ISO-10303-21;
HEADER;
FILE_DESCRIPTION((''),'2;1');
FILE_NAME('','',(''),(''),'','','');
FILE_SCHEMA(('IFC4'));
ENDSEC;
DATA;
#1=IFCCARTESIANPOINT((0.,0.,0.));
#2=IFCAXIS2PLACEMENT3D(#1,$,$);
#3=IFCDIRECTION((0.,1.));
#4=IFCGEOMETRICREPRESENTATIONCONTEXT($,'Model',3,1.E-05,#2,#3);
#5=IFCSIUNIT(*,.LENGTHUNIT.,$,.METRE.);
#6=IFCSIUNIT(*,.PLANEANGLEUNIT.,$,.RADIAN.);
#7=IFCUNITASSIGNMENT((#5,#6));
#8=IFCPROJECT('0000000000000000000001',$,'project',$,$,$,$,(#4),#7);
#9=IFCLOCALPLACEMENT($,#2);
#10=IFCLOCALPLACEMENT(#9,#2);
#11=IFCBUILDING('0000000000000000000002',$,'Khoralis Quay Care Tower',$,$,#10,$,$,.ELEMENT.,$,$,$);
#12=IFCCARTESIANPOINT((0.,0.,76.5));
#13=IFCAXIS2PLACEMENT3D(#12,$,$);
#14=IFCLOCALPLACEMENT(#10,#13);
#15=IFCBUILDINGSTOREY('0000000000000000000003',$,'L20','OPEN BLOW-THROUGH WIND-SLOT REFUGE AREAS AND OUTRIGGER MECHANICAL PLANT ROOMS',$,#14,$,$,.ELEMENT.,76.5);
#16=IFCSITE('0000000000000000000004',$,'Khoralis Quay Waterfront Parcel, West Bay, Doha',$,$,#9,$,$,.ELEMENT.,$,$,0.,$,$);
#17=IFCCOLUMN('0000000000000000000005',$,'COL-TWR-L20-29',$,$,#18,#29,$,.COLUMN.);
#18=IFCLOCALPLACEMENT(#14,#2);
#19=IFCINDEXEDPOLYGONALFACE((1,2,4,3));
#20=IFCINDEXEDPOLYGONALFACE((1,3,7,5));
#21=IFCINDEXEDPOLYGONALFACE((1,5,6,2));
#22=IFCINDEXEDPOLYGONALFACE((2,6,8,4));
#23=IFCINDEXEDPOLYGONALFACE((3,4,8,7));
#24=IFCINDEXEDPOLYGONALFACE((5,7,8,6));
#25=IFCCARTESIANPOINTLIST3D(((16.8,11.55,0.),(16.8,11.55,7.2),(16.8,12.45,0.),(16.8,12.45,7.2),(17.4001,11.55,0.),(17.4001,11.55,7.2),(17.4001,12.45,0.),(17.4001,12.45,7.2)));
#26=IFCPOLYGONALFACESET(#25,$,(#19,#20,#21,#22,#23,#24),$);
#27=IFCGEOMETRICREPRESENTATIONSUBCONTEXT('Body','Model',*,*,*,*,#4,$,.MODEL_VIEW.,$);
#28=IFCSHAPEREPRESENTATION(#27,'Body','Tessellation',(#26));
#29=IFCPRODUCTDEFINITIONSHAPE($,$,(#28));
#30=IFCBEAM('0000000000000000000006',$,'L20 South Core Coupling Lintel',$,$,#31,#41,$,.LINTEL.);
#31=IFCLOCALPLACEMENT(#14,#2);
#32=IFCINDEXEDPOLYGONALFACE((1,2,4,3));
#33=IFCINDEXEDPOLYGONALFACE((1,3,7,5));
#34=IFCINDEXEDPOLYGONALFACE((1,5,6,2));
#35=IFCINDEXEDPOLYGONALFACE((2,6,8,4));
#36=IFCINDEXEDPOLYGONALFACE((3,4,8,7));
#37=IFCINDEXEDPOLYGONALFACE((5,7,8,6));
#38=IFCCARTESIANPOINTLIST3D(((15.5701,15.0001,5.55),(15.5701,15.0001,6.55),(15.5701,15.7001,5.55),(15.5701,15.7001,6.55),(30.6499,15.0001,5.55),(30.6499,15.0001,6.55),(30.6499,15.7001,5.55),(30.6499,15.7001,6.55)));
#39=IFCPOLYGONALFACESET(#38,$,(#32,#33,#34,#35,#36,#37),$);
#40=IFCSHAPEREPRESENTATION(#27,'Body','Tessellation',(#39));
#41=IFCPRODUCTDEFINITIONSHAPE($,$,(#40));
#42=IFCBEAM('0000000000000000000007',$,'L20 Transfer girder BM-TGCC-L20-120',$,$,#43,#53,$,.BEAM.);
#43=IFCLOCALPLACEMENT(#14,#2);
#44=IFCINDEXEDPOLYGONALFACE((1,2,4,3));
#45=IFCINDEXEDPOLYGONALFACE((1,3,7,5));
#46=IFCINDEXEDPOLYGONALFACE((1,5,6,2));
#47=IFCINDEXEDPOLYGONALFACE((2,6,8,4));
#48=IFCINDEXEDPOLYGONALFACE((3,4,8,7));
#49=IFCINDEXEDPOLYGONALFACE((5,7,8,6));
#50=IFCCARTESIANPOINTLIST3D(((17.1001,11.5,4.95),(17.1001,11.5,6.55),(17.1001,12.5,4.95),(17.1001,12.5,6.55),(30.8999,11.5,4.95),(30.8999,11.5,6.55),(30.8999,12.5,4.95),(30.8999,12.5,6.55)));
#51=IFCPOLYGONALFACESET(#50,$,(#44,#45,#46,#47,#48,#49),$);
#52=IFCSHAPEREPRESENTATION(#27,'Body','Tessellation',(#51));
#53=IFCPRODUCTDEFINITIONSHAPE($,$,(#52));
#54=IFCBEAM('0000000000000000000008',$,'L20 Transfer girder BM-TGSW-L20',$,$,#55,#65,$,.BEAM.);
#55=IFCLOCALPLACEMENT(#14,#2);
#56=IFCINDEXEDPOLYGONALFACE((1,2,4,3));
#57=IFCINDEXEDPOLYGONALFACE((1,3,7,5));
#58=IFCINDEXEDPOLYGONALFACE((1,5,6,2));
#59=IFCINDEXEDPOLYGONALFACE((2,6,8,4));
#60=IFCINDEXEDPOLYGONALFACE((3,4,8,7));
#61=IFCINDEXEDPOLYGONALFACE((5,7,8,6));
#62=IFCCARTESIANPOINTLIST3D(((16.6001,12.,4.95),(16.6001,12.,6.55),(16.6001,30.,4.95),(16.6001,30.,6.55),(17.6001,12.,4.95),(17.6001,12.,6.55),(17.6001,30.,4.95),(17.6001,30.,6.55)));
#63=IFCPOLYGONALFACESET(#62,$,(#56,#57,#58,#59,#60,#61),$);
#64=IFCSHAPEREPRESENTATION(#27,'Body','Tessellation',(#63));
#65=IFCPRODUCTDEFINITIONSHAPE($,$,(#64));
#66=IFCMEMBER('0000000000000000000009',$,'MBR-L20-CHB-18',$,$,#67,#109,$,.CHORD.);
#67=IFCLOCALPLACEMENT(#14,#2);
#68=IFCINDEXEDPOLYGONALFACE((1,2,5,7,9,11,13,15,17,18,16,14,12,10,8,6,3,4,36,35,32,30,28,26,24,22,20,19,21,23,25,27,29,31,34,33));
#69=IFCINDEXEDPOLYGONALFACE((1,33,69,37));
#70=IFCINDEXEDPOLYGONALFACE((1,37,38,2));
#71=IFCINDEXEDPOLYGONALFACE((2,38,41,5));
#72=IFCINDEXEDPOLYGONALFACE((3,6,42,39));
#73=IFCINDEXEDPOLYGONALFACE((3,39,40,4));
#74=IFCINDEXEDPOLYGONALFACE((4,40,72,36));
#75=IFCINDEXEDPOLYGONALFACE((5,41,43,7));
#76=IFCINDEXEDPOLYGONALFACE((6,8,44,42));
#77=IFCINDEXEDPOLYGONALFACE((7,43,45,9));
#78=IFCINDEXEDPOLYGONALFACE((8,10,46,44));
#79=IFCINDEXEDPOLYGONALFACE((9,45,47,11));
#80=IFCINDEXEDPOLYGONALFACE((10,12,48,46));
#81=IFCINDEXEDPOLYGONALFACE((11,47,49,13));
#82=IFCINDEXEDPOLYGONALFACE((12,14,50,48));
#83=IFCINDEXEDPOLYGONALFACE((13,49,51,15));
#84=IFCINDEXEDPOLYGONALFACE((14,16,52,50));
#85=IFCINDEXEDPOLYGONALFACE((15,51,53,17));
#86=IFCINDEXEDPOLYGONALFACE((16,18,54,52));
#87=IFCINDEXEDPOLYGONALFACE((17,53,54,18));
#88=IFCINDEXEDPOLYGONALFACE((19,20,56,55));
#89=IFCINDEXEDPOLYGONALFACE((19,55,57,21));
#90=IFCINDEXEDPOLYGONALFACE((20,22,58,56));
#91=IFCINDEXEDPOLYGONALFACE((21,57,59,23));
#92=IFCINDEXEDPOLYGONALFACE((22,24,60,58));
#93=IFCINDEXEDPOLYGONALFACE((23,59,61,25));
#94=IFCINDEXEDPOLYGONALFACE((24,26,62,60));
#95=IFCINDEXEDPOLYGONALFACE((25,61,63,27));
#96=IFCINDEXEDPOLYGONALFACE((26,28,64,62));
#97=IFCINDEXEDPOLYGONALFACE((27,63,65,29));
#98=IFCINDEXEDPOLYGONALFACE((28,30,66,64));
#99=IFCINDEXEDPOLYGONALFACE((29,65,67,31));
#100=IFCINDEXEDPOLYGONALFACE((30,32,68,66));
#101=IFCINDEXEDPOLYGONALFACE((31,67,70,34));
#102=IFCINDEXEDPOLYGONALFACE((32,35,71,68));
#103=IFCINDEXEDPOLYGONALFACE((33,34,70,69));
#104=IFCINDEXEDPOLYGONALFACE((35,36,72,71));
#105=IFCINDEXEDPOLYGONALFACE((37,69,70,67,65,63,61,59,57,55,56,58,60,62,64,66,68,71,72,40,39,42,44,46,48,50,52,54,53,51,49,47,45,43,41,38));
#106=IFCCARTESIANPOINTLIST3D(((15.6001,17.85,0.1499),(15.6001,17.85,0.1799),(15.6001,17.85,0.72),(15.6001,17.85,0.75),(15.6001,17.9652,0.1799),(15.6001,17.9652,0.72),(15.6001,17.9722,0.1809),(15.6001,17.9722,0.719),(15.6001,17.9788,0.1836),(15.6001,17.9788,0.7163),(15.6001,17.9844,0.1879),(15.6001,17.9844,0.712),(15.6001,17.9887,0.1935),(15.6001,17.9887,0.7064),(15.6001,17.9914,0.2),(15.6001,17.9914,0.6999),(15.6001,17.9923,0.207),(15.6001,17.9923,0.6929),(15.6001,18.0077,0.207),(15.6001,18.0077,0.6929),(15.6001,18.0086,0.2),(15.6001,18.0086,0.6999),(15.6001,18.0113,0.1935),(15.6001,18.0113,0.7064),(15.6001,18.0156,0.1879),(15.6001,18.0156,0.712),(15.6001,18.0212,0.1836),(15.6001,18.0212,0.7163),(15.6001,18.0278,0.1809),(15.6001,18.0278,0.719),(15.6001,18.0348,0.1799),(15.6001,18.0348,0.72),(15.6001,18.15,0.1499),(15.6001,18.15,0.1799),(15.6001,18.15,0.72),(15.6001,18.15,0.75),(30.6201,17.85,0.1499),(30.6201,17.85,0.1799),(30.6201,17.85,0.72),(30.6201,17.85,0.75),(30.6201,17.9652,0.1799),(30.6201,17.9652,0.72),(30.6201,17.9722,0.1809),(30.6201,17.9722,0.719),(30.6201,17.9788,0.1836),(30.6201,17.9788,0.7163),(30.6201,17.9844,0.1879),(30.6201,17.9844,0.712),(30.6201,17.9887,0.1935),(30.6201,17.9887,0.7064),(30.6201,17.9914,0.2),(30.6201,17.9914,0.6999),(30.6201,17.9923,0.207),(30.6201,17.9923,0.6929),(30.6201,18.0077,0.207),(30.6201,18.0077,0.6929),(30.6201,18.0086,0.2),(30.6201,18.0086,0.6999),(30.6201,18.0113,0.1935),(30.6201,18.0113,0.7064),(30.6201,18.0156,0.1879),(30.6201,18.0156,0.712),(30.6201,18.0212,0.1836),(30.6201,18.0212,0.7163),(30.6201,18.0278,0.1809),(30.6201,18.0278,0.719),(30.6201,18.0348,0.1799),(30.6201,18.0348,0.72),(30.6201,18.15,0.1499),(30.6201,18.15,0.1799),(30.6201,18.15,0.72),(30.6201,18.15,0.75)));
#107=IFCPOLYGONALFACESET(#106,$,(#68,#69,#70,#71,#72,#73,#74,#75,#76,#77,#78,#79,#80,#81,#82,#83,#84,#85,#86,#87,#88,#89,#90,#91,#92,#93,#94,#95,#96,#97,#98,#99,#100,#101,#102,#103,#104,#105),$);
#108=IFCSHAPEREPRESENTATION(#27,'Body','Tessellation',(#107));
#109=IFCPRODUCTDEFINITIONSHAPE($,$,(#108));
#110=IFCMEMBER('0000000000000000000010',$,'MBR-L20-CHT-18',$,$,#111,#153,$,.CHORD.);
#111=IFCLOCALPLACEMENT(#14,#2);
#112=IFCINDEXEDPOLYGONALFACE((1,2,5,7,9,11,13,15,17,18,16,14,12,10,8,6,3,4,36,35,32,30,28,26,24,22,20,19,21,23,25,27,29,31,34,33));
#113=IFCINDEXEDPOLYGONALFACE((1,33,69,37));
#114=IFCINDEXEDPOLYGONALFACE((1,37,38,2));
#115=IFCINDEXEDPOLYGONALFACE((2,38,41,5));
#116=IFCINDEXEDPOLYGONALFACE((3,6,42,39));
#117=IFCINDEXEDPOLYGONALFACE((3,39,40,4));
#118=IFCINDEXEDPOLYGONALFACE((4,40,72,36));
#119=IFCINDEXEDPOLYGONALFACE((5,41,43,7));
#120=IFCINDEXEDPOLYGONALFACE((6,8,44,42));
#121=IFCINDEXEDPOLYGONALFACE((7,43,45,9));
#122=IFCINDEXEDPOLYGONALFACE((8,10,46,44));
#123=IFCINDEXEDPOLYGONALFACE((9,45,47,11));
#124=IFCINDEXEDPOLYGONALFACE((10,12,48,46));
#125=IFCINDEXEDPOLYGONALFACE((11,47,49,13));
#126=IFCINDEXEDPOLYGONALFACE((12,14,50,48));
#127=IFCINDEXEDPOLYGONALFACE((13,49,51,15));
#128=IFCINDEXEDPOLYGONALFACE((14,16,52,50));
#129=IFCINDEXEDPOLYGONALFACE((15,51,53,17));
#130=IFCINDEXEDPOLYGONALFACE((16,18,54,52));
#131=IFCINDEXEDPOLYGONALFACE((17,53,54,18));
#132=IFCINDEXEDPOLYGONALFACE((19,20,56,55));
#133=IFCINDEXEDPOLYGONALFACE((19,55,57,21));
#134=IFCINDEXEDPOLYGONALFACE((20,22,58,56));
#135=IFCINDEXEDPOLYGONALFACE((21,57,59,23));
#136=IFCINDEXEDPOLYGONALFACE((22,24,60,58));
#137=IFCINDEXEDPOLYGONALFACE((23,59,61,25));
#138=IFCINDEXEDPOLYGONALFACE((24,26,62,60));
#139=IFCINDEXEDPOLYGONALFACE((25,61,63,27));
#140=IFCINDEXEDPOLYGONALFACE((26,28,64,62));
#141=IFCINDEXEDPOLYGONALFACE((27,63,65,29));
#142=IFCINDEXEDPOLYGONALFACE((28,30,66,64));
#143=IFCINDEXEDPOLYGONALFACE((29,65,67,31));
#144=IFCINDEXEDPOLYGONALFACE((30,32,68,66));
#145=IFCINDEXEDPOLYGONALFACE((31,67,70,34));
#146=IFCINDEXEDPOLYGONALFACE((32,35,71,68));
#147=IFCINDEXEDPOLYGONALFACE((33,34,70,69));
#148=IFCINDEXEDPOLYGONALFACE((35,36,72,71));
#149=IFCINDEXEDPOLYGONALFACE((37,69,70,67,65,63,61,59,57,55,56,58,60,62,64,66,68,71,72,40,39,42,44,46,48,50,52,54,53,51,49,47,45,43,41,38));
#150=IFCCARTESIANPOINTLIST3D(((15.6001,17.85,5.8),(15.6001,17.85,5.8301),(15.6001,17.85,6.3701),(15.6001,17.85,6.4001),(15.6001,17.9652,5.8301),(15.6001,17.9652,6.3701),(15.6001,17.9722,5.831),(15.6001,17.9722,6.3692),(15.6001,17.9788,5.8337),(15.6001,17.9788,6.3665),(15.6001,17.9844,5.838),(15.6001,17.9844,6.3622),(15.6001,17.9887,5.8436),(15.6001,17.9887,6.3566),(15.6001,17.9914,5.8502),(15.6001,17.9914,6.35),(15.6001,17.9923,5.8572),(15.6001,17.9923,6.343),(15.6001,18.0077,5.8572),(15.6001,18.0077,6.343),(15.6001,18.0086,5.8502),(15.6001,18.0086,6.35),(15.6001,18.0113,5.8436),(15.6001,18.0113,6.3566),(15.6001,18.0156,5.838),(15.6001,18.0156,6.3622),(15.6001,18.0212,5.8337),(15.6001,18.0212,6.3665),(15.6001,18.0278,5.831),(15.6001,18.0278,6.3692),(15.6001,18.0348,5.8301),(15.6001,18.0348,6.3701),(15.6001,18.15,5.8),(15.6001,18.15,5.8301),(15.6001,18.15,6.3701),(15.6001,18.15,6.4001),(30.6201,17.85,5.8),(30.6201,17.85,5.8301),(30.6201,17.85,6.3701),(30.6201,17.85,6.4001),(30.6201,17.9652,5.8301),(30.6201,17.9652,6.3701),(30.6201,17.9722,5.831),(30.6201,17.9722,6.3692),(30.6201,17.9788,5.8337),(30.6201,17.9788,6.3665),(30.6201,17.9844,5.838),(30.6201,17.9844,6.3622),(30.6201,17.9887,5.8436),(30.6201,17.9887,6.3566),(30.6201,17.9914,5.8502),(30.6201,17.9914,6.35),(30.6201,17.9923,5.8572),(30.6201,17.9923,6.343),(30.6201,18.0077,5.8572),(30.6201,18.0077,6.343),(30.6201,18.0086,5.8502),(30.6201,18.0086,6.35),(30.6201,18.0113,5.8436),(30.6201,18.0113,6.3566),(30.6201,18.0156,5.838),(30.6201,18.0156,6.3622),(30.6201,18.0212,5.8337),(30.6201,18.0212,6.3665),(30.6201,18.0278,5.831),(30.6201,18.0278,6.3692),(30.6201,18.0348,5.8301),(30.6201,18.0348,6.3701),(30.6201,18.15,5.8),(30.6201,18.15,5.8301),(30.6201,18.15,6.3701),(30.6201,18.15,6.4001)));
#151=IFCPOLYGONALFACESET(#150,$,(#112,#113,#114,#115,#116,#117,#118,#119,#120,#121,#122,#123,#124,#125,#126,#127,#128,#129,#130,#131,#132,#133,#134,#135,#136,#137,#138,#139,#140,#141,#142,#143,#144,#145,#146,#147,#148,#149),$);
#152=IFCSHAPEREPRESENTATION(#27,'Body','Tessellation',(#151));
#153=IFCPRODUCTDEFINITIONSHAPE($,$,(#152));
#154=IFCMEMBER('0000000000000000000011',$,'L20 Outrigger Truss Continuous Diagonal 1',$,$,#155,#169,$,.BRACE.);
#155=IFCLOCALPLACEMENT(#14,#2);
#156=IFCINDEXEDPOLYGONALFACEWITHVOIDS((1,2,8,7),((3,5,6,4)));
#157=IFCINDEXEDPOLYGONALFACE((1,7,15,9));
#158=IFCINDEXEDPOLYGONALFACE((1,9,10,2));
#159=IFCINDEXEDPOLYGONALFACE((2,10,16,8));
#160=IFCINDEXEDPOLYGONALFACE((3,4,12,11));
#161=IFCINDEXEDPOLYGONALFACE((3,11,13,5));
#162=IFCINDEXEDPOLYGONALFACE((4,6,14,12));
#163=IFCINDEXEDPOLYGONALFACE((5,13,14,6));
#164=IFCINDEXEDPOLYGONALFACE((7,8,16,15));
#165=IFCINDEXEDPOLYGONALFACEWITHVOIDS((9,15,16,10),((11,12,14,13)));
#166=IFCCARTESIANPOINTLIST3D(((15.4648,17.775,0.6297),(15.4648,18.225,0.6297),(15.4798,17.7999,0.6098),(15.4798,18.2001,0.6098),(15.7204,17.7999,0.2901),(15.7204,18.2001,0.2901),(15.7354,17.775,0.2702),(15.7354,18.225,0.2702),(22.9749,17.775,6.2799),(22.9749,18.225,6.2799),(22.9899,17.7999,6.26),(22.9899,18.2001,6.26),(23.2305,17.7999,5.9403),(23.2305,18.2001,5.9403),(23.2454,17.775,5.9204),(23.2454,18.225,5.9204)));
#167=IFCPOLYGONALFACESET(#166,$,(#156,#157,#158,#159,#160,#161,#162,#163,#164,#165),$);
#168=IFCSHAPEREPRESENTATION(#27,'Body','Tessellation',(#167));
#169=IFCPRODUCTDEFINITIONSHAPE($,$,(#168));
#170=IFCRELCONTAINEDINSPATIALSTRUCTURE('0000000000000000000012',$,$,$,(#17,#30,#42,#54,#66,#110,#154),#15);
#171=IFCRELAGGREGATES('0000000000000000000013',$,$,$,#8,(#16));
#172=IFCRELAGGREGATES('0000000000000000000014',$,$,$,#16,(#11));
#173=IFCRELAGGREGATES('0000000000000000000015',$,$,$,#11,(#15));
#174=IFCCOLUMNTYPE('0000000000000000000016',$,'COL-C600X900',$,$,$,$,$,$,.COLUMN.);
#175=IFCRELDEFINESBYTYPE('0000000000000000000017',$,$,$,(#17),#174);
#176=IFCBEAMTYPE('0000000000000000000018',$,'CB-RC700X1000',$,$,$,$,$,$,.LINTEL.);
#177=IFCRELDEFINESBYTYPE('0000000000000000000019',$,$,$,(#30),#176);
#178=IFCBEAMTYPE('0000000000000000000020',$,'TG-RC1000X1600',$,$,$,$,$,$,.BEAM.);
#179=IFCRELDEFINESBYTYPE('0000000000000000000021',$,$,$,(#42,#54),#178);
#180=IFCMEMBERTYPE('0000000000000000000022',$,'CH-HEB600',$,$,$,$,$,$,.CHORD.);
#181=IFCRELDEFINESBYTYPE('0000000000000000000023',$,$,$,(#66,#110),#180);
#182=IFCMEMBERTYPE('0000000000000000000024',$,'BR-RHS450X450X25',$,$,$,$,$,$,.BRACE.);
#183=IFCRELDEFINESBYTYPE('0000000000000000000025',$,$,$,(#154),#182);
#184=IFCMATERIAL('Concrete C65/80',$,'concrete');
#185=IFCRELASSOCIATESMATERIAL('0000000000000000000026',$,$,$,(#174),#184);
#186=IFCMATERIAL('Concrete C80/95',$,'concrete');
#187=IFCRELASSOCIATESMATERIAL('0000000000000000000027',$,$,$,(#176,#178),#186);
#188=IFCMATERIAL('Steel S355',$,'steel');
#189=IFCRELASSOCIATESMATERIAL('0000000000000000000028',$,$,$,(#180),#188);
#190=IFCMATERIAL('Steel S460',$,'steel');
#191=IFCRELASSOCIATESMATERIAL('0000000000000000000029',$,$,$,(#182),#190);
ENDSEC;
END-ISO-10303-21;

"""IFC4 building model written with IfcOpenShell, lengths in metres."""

from ifc_helpers import new_model, si_unit, direction, frame, origin, origin_2d, place, context, subcontext, project, spatial, rectangle, hollow_rectangle, i_section, extrude, source, transform, mapped, material, material_profile, profile_set, type_object, element, save


model = new_model("IFC4")

# Units and contexts
model_context = context("Model", 3, precision=1e-05, world=origin(), true_north=direction((0.0, 1.0)))
body_context = subcontext(model_context, "Body", "Model", "MODEL_VIEW")
ifc_project = project(units=[si_unit("LENGTHUNIT", "METRE"), si_unit("PLANEANGLEUNIT", "RADIAN")], contexts=[model_context])

# Site, building, storey
site_placement = place(None, origin())
site = spatial("IfcSite", under=ifc_project, at=site_placement, Name="Khoralis Quay Waterfront Parcel, West Bay, Doha", CompositionType="ELEMENT", RefElevation=0.0)
building_placement = place(site_placement, origin())
building = spatial("IfcBuilding", under=site, at=building_placement, Name="Khoralis Quay Care Tower", CompositionType="ELEMENT")
storey_placement = place(building_placement, frame((0.0, 0.0, 76.5)))
storey = spatial("IfcBuildingStorey", under=building, at=storey_placement, Name="L20", Description="OPEN BLOW-THROUGH WIND-SLOT REFUGE AREAS AND OUTRIGGER MECHANICAL PLANT ROOMS", CompositionType="ELEMENT", Elevation=76.5)

# Column
ifc_material_1 = material(Name="Concrete C65/80", Category="concrete")
ifc_material_profile_1 = material_profile(ifc_material_1, rectangle(XDim=0.6001, YDim=0.8999, at=origin_2d()), Name="Concrete C65/80")
ifc_profile_set_1 = profile_set([ifc_material_profile_1], Name="Concrete C65/80")
column_type = type_object("IfcColumnType", Name="COL-C600X900", PredefinedType="COLUMN", material=ifc_profile_set_1)
shared_shape_1 = source(origin(), body_context, "Body", "SweptSolid", [
    extrude(rectangle(XDim=0.6001, YDim=0.8999, at=origin_2d()), origin(), (0.0, 0.0, 1.0), 7.2),
])
column_placement = place(storey_placement, frame((17.1001, 12.0, 0.0), z_axis=(0.0, 0.0, 1.0), x_axis=(1.0, 0.0, 0.0)))
element("IfcColumn", 1, at=column_placement, inside=storey, type_object=column_type, Name="COL-TWR-L20-29", PredefinedType="COLUMN", context=body_context, shape_type="MappedRepresentation", body=[
    mapped(shared_shape_1, transform((0.0, 0.0, 0.0), scale=1.0)),
])

# Beams
ifc_material_2 = material(Name="Concrete C80/95", Category="concrete")
ifc_material_profile_2 = material_profile(ifc_material_2, rectangle(XDim=0.7, YDim=1.0, at=origin_2d()), Name="Concrete C80/95")
ifc_profile_set_2 = profile_set([ifc_material_profile_2], Name="Concrete C80/95")
beam_type_1 = type_object("IfcBeamType", Name="CB-RC700X1000", PredefinedType="LINTEL", material=ifc_profile_set_2)
shared_shape_2 = source(origin(), body_context, "Body", "SweptSolid", [
    extrude(rectangle(XDim=0.7, YDim=1.0, at=origin_2d()), origin(), (0.0, 0.0, 1.0), 15.0798),
])
beam_1_placement = place(storey_placement, frame((15.5701, 15.3501, 6.05), z_axis=(1.0, 0.0, 0.0), x_axis=(0.0, 1.0, 0.0)))
element("IfcBeam", 2, at=beam_1_placement, inside=storey, type_object=beam_type_1, Name="L20 South Core Coupling Lintel", PredefinedType="LINTEL", context=body_context, shape_type="MappedRepresentation", body=[
    mapped(shared_shape_2, transform((0.0, 0.0, 0.0), scale=1.0)),
])
ifc_material_profile_3 = material_profile(ifc_material_2, rectangle(XDim=1.0, YDim=1.6001, at=origin_2d()), Name="Concrete C80/95")
ifc_profile_set_3 = profile_set([ifc_material_profile_3], Name="Concrete C80/95")
beam_type_2 = type_object("IfcBeamType", Name="TG-RC1000X1600", PredefinedType="BEAM", material=ifc_profile_set_3)
shared_shape_3 = source(origin(), body_context, "Body", "SweptSolid", [
    extrude(rectangle(XDim=1.0, YDim=1.6001, at=origin_2d()), origin(), (0.0, 0.0, 1.0), 13.7998),
])
beam_2_placement = place(storey_placement, frame((17.1001, 12.0, 5.75), z_axis=(1.0, 0.0, 0.0), x_axis=(0.0, 1.0, 0.0)))
element("IfcBeam", 3, at=beam_2_placement, inside=storey, type_object=beam_type_2, Name="L20 Transfer girder BM-TGCC-L20-120", PredefinedType="BEAM", context=body_context, shape_type="MappedRepresentation", body=[
    mapped(shared_shape_3, transform((0.0, 0.0, 0.0), scale=1.0)),
])
shared_shape_4 = source(origin(), body_context, "Body", "SweptSolid", [
    extrude(rectangle(XDim=1.0, YDim=1.6001, at=origin_2d()), origin(), (0.0, 0.0, 1.0), 18.0),
])
beam_3_placement = place(storey_placement, frame((17.1001, 12.0, 5.75), z_axis=(0.0, 1.0, 0.0), x_axis=(-1.0, 0.0, 0.0)))
element("IfcBeam", 4, at=beam_3_placement, inside=storey, type_object=beam_type_2, Name="L20 Transfer girder BM-TGSW-L20", PredefinedType="BEAM", context=body_context, shape_type="MappedRepresentation", body=[
    mapped(shared_shape_4, transform((0.0, 0.0, 0.0), scale=1.0)),
])

# Members
ifc_material_3 = material(Name="Steel S355", Category="steel")
ifc_material_profile_4 = material_profile(ifc_material_3, i_section(OverallWidth=0.3, OverallDepth=0.6001, WebThickness=0.0154, FlangeThickness=0.03, FilletRadius=0.0271, at=origin_2d()), Name="Steel S355")
ifc_profile_set_4 = profile_set([ifc_material_profile_4], Name="Steel S355")
member_type_1 = type_object("IfcMemberType", Name="CH-HEB600", PredefinedType="CHORD", material=ifc_profile_set_4)
shared_shape_5 = source(origin(), body_context, "Body", "SweptSolid", [
    extrude(i_section(OverallWidth=0.3, OverallDepth=0.6001, WebThickness=0.0154, FlangeThickness=0.03, FilletRadius=0.0271, at=origin_2d()), origin(), (0.0, 0.0, 1.0), 15.02),
])
for number, where, z_axis, x_axis, name in (
    (5, (15.6001, 18.0, 0.45), (1.0, 0.0, 0.0), (0.0, 1.0, 0.0), "MBR-L20-CHB-18"),
    (6, (15.6001, 18.0, 6.1001), (1.0, 0.0, 0.0), (0.0, 1.0, 0.0), "MBR-L20-CHT-18"),
):
    element("IfcMember", number, at=place(storey_placement, frame(where, z_axis=z_axis, x_axis=x_axis)), inside=storey, type_object=member_type_1, Name=name, PredefinedType="CHORD", context=body_context, shape_type="MappedRepresentation", body=[
        mapped(shared_shape_5, transform((0.0, 0.0, 0.0), scale=1.0)),
    ])
ifc_material_4 = material(Name="Steel S460", Category="steel")
ifc_material_profile_5 = material_profile(ifc_material_4, hollow_rectangle(XDim=0.45, YDim=0.45, WallThickness=0.0249, at=origin_2d()), Name="Steel S460")
ifc_profile_set_5 = profile_set([ifc_material_profile_5], Name="Steel S460")
member_type_2 = type_object("IfcMemberType", Name="BR-RHS450X450X25", PredefinedType="BRACE", material=ifc_profile_set_5)
shared_shape_6 = source(origin(), body_context, "Body", "SweptSolid", [
    extrude(hollow_rectangle(XDim=0.45, YDim=0.45, WallThickness=0.0249, at=origin_2d()), origin(), (0.0, 0.0, 1.0), 9.3982),
])
member_placement = place(storey_placement, frame((15.6001, 18.0, 0.45), z_axis=(0.799098, 0.0, 0.601201), x_axis=(0.0, 1.0, 0.0)))
element("IfcMember", 7, at=member_placement, inside=storey, type_object=member_type_2, Name="L20 Outrigger Truss Continuous Diagonal 1", PredefinedType="BRACE", context=body_context, shape_type="MappedRepresentation", body=[
    mapped(shared_shape_6, transform((0.0, 0.0, 0.0), scale=1.0)),
])

save(model, "model.ifc")
